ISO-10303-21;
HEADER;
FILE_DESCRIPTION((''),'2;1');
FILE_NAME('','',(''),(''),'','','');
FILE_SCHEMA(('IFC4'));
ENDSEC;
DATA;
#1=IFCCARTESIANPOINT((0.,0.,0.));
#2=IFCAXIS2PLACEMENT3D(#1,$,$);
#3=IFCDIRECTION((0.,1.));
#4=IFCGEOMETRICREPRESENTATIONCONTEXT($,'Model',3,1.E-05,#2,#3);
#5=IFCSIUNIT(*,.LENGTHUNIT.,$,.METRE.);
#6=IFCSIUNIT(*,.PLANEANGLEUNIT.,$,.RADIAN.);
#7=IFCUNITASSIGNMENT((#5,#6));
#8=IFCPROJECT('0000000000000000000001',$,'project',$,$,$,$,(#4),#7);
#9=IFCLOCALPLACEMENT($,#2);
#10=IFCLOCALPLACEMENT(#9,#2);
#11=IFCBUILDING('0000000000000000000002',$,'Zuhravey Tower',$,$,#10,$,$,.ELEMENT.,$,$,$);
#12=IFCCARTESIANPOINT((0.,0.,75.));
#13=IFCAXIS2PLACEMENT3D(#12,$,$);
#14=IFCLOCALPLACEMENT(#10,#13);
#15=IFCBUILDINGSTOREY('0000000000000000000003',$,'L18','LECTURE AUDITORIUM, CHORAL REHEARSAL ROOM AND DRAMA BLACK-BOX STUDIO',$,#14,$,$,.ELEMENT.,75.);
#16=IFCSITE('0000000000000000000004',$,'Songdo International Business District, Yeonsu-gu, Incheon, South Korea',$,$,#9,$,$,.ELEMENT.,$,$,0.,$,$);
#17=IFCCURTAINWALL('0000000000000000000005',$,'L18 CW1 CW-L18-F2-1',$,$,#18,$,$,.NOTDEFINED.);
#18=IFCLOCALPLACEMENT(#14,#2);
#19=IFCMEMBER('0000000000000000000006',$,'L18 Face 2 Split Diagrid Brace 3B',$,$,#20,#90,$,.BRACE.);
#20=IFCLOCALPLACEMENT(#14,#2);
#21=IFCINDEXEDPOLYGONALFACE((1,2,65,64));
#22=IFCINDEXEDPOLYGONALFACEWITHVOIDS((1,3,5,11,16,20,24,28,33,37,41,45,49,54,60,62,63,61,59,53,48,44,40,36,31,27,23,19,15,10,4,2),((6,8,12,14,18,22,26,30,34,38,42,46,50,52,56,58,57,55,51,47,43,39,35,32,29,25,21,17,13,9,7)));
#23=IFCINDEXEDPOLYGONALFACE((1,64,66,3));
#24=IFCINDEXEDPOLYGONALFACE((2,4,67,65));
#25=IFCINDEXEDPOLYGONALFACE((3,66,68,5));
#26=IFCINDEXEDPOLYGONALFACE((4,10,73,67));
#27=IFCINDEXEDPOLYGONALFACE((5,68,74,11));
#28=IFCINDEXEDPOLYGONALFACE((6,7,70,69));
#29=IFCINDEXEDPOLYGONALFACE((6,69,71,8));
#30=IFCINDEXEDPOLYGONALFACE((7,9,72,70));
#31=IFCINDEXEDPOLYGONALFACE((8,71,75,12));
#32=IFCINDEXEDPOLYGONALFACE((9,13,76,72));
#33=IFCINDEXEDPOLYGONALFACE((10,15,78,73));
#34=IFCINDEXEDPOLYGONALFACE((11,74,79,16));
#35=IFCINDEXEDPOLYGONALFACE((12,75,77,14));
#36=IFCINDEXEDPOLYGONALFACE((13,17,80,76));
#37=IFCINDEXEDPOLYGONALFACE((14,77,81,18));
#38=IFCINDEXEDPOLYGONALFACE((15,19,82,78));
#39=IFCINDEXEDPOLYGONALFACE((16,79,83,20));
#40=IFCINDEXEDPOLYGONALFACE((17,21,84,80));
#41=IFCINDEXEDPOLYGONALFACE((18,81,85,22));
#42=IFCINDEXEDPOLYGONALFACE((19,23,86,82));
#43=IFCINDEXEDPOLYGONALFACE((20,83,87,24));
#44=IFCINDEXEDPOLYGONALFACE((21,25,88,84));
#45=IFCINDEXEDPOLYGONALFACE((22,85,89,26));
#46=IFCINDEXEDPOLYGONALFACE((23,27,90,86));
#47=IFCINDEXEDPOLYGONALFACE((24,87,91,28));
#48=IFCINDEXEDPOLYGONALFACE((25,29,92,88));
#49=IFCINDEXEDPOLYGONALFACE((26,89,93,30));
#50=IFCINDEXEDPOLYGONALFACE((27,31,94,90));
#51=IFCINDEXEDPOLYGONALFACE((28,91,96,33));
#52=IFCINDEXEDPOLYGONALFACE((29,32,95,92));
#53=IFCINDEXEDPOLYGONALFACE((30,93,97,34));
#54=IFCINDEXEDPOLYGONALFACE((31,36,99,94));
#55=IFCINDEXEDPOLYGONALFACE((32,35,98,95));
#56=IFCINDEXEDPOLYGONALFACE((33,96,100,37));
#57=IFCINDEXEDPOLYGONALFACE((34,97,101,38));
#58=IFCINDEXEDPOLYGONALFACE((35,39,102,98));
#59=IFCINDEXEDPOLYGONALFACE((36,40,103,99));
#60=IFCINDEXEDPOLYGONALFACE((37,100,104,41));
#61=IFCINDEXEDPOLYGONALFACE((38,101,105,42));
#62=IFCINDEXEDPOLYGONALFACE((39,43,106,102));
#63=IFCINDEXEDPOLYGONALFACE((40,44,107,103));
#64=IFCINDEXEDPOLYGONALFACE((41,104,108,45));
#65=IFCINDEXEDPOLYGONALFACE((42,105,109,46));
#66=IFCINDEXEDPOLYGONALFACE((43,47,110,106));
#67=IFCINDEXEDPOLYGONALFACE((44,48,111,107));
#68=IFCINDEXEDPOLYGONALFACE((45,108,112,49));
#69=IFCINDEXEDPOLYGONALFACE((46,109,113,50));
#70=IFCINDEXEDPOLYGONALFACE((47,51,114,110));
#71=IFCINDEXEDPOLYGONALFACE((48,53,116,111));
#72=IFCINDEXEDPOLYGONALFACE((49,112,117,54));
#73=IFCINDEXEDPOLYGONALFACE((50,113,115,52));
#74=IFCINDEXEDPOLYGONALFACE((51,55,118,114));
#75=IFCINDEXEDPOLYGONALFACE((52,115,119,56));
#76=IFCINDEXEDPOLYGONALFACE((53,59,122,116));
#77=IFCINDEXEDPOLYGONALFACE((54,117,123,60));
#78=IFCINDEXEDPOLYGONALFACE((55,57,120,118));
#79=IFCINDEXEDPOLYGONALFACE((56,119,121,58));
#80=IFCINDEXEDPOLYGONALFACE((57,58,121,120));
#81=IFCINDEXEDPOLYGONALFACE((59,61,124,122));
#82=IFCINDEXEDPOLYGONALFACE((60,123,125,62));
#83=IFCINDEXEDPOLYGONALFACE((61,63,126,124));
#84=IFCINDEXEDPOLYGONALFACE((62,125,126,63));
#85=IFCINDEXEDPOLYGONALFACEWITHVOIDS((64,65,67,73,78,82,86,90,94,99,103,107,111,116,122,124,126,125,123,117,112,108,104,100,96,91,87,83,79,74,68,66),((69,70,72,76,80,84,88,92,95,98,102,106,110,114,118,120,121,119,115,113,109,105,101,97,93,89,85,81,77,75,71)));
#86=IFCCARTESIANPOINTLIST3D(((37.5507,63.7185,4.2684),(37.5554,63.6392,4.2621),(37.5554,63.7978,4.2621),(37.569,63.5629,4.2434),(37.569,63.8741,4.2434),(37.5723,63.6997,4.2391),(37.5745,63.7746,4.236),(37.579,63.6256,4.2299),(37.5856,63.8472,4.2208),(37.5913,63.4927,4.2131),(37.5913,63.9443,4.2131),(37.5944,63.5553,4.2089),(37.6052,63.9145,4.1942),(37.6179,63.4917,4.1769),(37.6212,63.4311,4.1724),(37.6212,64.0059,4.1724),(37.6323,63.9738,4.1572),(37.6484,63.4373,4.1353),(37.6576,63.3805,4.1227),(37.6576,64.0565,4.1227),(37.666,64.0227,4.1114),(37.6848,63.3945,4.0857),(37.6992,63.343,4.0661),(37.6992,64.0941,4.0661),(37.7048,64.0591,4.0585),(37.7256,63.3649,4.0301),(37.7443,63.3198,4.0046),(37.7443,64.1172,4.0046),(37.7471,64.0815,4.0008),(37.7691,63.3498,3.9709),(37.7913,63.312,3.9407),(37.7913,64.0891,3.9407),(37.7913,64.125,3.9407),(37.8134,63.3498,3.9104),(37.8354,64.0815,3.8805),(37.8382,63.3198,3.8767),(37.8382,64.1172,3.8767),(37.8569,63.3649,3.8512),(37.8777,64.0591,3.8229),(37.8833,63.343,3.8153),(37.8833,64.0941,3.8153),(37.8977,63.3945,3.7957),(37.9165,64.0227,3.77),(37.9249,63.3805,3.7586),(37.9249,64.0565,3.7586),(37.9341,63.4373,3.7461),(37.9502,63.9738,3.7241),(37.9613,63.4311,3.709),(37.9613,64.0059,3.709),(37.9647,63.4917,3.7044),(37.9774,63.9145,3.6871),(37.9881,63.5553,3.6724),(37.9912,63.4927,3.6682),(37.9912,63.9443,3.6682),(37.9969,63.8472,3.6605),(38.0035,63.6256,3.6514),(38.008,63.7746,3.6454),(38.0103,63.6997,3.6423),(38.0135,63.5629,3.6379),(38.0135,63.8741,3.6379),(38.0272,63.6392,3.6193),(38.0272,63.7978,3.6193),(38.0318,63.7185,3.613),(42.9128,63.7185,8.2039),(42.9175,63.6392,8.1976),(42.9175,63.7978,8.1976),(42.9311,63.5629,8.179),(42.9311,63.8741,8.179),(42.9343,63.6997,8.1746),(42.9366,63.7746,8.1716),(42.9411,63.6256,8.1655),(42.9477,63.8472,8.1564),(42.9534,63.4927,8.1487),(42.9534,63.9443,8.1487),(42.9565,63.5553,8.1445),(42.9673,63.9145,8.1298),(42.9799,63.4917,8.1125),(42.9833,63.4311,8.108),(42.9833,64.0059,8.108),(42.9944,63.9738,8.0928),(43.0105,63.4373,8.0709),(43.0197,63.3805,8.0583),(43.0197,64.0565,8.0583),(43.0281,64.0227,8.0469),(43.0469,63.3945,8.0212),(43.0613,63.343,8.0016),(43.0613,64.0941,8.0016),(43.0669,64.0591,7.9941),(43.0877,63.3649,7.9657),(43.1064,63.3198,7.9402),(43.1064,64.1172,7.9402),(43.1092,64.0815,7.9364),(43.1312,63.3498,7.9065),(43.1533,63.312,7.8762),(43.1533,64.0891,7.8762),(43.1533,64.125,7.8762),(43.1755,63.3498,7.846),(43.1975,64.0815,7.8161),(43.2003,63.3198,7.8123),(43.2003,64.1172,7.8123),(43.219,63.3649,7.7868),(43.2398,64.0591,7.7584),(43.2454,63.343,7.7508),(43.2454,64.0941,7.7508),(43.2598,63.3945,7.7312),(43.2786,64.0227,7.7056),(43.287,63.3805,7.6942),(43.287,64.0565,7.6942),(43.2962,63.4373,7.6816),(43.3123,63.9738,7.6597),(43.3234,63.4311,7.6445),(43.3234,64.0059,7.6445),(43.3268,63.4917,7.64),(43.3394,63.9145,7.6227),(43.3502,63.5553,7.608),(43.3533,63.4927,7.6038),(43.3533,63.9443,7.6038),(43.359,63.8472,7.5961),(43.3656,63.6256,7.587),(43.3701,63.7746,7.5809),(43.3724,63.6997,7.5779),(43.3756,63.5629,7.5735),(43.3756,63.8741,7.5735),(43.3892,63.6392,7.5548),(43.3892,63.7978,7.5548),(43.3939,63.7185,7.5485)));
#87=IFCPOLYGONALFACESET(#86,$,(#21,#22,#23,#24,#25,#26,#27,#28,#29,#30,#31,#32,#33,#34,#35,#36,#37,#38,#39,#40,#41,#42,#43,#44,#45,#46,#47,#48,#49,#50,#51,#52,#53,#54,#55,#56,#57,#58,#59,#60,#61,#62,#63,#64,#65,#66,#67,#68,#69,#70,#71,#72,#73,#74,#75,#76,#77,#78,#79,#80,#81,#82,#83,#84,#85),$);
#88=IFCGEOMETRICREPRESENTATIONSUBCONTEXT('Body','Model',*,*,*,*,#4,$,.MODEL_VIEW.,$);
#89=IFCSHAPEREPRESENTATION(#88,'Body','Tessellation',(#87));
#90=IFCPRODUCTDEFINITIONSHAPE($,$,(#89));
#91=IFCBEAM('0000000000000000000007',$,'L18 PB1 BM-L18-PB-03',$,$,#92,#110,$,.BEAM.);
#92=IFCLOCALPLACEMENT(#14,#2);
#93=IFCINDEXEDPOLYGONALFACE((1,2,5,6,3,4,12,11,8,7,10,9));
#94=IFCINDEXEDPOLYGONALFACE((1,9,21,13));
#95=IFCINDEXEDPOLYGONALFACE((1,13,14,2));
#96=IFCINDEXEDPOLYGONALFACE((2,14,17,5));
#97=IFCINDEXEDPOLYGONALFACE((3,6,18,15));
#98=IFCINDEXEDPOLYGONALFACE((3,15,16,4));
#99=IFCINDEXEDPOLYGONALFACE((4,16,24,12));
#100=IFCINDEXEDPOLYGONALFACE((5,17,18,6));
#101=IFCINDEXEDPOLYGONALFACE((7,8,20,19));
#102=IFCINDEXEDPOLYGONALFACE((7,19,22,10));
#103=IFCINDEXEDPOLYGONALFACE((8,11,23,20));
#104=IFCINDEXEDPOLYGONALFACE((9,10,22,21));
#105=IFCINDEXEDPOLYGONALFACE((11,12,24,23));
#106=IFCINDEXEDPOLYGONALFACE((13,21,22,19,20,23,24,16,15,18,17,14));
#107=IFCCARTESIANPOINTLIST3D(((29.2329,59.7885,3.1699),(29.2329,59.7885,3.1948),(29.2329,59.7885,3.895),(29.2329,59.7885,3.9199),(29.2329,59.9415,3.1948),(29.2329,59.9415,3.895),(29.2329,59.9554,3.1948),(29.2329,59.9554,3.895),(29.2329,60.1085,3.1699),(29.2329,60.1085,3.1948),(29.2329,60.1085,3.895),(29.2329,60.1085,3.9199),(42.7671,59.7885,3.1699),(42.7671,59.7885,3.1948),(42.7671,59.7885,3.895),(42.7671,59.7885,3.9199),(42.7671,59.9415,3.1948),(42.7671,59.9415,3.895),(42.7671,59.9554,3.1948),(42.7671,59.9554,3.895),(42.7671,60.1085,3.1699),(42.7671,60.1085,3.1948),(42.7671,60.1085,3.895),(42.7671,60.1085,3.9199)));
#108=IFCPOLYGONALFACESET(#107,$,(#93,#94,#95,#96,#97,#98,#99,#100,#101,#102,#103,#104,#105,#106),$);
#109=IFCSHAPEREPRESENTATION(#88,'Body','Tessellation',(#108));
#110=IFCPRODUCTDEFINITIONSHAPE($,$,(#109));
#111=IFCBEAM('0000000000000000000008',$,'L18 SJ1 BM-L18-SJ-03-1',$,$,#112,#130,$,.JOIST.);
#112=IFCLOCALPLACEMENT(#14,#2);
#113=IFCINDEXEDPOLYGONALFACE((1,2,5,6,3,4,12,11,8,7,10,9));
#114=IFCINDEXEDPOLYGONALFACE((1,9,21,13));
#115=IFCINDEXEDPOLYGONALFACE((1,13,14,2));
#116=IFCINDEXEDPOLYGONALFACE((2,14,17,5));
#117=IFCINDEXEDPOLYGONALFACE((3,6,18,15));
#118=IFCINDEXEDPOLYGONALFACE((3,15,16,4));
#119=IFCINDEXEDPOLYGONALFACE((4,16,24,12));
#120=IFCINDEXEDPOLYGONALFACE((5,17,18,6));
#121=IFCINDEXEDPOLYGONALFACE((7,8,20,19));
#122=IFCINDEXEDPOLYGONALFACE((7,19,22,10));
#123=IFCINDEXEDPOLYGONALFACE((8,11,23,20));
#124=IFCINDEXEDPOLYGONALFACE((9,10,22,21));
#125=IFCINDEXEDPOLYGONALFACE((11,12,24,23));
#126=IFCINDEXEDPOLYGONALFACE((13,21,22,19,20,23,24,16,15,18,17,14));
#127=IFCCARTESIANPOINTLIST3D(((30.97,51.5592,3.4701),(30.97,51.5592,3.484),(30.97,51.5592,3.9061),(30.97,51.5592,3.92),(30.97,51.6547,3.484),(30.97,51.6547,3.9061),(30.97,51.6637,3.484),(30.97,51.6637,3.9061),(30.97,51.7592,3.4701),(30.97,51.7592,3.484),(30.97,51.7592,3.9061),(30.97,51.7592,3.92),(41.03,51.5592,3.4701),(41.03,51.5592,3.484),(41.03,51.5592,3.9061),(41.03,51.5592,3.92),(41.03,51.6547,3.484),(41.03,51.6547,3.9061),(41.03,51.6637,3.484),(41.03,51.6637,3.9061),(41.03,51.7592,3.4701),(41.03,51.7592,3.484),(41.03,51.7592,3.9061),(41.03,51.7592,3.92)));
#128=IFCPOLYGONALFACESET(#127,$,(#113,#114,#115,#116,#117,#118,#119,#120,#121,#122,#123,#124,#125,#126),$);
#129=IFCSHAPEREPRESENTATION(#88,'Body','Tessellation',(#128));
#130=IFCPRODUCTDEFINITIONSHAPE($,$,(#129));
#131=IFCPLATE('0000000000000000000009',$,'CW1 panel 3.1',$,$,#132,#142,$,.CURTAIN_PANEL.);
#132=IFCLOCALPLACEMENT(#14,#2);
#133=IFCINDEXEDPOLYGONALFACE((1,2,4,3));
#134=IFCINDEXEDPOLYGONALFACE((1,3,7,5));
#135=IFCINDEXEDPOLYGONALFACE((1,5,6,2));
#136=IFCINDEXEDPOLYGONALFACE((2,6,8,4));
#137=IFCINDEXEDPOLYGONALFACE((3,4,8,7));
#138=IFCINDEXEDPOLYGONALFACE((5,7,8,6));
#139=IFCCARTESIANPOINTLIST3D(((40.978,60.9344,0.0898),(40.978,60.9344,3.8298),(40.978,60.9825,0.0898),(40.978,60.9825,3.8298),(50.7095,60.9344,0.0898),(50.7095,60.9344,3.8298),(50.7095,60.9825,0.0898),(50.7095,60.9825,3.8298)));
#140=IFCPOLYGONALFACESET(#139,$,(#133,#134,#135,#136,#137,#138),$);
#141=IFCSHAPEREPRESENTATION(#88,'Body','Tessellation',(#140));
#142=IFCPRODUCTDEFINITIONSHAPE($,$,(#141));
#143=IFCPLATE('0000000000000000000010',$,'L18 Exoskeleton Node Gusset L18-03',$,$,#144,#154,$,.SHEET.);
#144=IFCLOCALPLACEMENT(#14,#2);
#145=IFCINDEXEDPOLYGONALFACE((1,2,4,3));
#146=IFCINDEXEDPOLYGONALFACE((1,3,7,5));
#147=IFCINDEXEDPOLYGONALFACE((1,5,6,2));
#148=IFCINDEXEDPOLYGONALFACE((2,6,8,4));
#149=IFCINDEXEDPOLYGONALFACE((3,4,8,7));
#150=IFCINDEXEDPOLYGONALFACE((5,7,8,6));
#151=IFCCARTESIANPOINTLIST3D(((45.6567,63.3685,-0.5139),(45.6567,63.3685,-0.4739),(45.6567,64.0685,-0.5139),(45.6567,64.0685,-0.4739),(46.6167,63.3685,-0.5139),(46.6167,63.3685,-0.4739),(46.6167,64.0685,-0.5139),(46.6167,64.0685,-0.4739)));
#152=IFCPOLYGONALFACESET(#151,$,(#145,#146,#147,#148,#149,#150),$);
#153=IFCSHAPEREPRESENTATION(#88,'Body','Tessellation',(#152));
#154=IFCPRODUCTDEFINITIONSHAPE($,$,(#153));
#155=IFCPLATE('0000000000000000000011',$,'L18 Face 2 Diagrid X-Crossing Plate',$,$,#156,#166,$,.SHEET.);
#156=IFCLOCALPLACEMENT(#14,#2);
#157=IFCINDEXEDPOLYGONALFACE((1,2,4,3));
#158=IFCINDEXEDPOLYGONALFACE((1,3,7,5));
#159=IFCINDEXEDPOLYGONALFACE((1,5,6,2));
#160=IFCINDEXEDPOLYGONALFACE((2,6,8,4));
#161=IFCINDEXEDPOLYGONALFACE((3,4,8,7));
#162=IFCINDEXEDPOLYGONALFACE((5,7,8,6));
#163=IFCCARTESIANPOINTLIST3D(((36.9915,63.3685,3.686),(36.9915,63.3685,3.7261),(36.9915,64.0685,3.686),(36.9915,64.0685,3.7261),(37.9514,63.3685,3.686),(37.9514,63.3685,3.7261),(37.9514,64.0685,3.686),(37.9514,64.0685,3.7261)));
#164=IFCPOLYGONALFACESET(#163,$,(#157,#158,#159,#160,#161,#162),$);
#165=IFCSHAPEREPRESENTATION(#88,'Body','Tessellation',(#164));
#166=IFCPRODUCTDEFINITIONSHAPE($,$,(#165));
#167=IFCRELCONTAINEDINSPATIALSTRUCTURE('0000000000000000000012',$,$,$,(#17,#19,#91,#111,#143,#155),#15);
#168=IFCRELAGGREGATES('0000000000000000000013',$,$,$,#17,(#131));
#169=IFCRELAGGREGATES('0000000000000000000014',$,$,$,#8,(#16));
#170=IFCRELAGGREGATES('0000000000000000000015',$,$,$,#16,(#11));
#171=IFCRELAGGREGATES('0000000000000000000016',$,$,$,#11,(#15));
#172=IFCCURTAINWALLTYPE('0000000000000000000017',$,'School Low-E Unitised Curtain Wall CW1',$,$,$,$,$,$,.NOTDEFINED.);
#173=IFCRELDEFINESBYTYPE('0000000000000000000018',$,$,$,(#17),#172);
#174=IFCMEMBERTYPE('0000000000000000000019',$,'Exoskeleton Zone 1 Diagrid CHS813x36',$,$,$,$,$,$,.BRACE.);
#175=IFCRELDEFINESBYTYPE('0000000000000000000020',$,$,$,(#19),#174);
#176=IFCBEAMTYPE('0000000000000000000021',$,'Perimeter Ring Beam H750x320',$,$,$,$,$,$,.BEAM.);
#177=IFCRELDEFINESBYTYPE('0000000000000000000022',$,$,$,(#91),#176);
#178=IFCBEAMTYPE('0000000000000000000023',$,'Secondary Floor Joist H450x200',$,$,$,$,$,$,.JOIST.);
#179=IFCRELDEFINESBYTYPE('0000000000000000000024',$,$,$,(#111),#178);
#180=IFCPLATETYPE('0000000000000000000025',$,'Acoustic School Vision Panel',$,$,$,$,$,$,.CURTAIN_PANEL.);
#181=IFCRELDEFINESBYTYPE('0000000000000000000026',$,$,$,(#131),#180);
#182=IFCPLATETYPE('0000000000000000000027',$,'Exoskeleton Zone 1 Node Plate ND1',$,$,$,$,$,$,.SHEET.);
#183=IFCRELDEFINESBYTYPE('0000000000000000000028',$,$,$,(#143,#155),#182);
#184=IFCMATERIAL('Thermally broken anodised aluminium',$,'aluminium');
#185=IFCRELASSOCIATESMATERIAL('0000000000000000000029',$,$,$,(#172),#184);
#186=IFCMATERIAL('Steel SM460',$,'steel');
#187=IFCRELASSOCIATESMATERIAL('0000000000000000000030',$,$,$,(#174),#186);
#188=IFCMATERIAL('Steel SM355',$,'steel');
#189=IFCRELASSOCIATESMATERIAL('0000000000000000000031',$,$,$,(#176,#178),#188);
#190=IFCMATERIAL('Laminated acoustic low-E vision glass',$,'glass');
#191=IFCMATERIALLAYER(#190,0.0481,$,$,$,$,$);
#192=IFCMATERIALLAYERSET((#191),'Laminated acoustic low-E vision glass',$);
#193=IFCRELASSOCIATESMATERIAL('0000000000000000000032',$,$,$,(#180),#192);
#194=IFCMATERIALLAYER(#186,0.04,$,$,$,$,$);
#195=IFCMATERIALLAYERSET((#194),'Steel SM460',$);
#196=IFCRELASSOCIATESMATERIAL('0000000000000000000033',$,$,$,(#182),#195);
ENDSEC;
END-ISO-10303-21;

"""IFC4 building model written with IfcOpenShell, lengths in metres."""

from ifc_helpers import new_model, si_unit, direction, frame, origin, origin_2d, place, context, subcontext, project, spatial, rectangle, hollow_circle, i_section, extrude, material, layer, layer_set, material_profile, profile_set, type_object, element, aggregate, save


model = new_model("IFC4")

# Units and contexts
model_context = context("Model", 3, precision=1e-05, world=origin(), true_north=direction((0.0, 1.0)))
body_context = subcontext(model_context, "Body", "Model", "MODEL_VIEW")
ifc_project = project(units=[si_unit("LENGTHUNIT", "METRE"), si_unit("PLANEANGLEUNIT", "RADIAN")], contexts=[model_context])

# Site, building, storey
site_placement = place(None, origin())
site = spatial("IfcSite", under=ifc_project, at=site_placement, Name="Songdo International Business District, Yeonsu-gu, Incheon, South Korea", CompositionType="ELEMENT", RefElevation=0.0)
building_placement = place(site_placement, origin())
building = spatial("IfcBuilding", under=site, at=building_placement, Name="Zuhravey Tower", CompositionType="ELEMENT")
storey_placement = place(building_placement, frame((0.0, 0.0, 75.0)))
storey = spatial("IfcBuildingStorey", under=building, at=storey_placement, Name="L18", Description="LECTURE AUDITORIUM, CHORAL REHEARSAL ROOM AND DRAMA BLACK-BOX STUDIO", CompositionType="ELEMENT", Elevation=75.0)

# Curtain wall
ifc_material_1 = material(Name="Thermally broken anodised aluminium", Category="aluminium")
curtain_wall_type = type_object("IfcCurtainWallType", Name="School Low-E Unitised Curtain Wall CW1", PredefinedType="NOTDEFINED", material=ifc_material_1)
curtain_wall_placement = place(storey_placement, origin())
curtain_wall = element("IfcCurtainWall", 1, at=curtain_wall_placement, inside=storey, type_object=curtain_wall_type, Name="L18 CW1 CW-L18-F2-1", PredefinedType="NOTDEFINED")

# Member
ifc_material_2 = material(Name="Steel SM355", Category="steel")
ifc_material_3 = material(Name="Steel SM460", Category="steel")
ifc_material_profile_1 = material_profile(ifc_material_3, hollow_circle(Radius=0.4065, WallThickness=0.0359, at=origin_2d()), Name="CHS-812.8x36")
ifc_profile_set_1 = profile_set([ifc_material_profile_1], Name="Steel SM460")
member_type_1 = type_object("IfcMemberType", Name="Exoskeleton Zone 1 Diagrid CHS813x36", PredefinedType="BRACE", material=ifc_profile_set_1)
member_1_placement = place(storey_placement, frame((37.7913, 63.7185, 3.9407), z_axis=(0.806163, 0.0, 0.591693), x_axis=(0.0, 1.0, 0.0)))
element("IfcMember", 2, at=member_1_placement, inside=storey, type_object=member_type_1, Name="L18 Face 2 Split Diagrid Brace 3B", PredefinedType="BRACE", context=body_context, shape_type="SweptSolid", body=[
    extrude(hollow_circle(Radius=0.4065, WallThickness=0.0359, at=origin_2d()), origin(), (0.0, 0.0, 1.0), 6.6514),
])

# Beams
ifc_material_profile_2 = material_profile(ifc_material_2, i_section(OverallWidth=0.3201, OverallDepth=0.75, WebThickness=0.0139, FlangeThickness=0.0249, at=origin_2d()), Name="H-750x320x14x25")
ifc_profile_set_2 = profile_set([ifc_material_profile_2], Name="Steel SM355")
beam_type_1 = type_object("IfcBeamType", Name="Perimeter Ring Beam H750x320", PredefinedType="BEAM", material=ifc_profile_set_2)
beam_1_placement = place(storey_placement, frame((42.7671, 59.9485, 3.5449), z_axis=(-1.0, 0.0, 0.0), x_axis=(0.0, -1.0, 0.0)))
element("IfcBeam", 3, at=beam_1_placement, inside=storey, type_object=beam_type_1, Name="L18 PB1 BM-L18-PB-03", PredefinedType="BEAM", context=body_context, shape_type="SweptSolid", body=[
    extrude(i_section(OverallWidth=0.3201, OverallDepth=0.75, WebThickness=0.0139, FlangeThickness=0.0249, at=origin_2d()), origin(), (0.0, 0.0, 1.0), 13.5342),
])
ifc_material_profile_3 = material_profile(ifc_material_2, i_section(OverallWidth=0.2, OverallDepth=0.45, WebThickness=0.009, FlangeThickness=0.0139, at=origin_2d()), Name="H-450x200x9x14")
ifc_profile_set_3 = profile_set([ifc_material_profile_3], Name="Steel SM355")
beam_type_2 = type_object("IfcBeamType", Name="Secondary Floor Joist H450x200", PredefinedType="JOIST", material=ifc_profile_set_3)
beam_2_placement = place(storey_placement, frame((41.03, 51.6592, 3.6951), z_axis=(-1.0, 0.0, 0.0), x_axis=(0.0, -1.0, 0.0)))
element("IfcBeam", 4, at=beam_2_placement, inside=storey, type_object=beam_type_2, Name="L18 SJ1 BM-L18-SJ-03-1", PredefinedType="JOIST", context=body_context, shape_type="SweptSolid", body=[
    extrude(i_section(OverallWidth=0.2, OverallDepth=0.45, WebThickness=0.009, FlangeThickness=0.0139, at=origin_2d()), origin(), (0.0, 0.0, 1.0), 10.0601),
])

# Plate
ifc_material_4 = material(Name="Laminated acoustic low-E vision glass", Category="glass")
ifc_layer_1 = layer(ifc_material_4, 0.0481)
ifc_layer_set_1 = layer_set([ifc_layer_1], Name="Laminated acoustic low-E vision glass")
plate_type_1 = type_object("IfcPlateType", Name="Acoustic School Vision Panel", PredefinedType="CURTAIN_PANEL", material=ifc_layer_set_1)
plate_placement = place(storey_placement, frame((45.8438, 60.9585, 0.0898), z_axis=(0.0, 0.0, 1.0), x_axis=(1.0, 0.0, 0.0)))
plate = element("IfcPlate", 5, at=plate_placement, type_object=plate_type_1, Name="CW1 panel 3.1", PredefinedType="CURTAIN_PANEL", context=body_context, shape_type="SweptSolid", body=[
    extrude(rectangle(XDim=9.7314, YDim=0.0481, at=origin_2d()), origin(), (0.0, 0.0, 1.0), 3.74),
])
aggregate(curtain_wall, [plate])

# Plates
ifc_layer_2 = layer(ifc_material_3, 0.04)
ifc_layer_set_2 = layer_set([ifc_layer_2], Name="Steel SM460")
plate_type_2 = type_object("IfcPlateType", Name="Exoskeleton Zone 1 Node Plate ND1", PredefinedType="SHEET", material=ifc_layer_set_2)
for number, where, z_axis, x_axis, name in (
    (6, (46.1367, 63.7185, -0.5139), (0.0, 0.0, 1.0), (-1.0, 0.0, 0.0), "L18 Exoskeleton Node Gusset L18-03"),
    (7, (37.4714, 63.7185, 3.686), (0.0, 0.0, 1.0), (-1.0, 0.0, 0.0), "L18 Face 2 Diagrid X-Crossing Plate"),
):
    element("IfcPlate", number, at=place(storey_placement, frame(where, z_axis=z_axis, x_axis=x_axis)), inside=storey, type_object=plate_type_2, Name=name, PredefinedType="SHEET", context=body_context, shape_type="SweptSolid", body=[
        extrude(rectangle(XDim=0.96, YDim=0.7, at=origin_2d()), origin(), (0.0, 0.0, 1.0), 0.04),
    ])

save(model, "model.ifc")
